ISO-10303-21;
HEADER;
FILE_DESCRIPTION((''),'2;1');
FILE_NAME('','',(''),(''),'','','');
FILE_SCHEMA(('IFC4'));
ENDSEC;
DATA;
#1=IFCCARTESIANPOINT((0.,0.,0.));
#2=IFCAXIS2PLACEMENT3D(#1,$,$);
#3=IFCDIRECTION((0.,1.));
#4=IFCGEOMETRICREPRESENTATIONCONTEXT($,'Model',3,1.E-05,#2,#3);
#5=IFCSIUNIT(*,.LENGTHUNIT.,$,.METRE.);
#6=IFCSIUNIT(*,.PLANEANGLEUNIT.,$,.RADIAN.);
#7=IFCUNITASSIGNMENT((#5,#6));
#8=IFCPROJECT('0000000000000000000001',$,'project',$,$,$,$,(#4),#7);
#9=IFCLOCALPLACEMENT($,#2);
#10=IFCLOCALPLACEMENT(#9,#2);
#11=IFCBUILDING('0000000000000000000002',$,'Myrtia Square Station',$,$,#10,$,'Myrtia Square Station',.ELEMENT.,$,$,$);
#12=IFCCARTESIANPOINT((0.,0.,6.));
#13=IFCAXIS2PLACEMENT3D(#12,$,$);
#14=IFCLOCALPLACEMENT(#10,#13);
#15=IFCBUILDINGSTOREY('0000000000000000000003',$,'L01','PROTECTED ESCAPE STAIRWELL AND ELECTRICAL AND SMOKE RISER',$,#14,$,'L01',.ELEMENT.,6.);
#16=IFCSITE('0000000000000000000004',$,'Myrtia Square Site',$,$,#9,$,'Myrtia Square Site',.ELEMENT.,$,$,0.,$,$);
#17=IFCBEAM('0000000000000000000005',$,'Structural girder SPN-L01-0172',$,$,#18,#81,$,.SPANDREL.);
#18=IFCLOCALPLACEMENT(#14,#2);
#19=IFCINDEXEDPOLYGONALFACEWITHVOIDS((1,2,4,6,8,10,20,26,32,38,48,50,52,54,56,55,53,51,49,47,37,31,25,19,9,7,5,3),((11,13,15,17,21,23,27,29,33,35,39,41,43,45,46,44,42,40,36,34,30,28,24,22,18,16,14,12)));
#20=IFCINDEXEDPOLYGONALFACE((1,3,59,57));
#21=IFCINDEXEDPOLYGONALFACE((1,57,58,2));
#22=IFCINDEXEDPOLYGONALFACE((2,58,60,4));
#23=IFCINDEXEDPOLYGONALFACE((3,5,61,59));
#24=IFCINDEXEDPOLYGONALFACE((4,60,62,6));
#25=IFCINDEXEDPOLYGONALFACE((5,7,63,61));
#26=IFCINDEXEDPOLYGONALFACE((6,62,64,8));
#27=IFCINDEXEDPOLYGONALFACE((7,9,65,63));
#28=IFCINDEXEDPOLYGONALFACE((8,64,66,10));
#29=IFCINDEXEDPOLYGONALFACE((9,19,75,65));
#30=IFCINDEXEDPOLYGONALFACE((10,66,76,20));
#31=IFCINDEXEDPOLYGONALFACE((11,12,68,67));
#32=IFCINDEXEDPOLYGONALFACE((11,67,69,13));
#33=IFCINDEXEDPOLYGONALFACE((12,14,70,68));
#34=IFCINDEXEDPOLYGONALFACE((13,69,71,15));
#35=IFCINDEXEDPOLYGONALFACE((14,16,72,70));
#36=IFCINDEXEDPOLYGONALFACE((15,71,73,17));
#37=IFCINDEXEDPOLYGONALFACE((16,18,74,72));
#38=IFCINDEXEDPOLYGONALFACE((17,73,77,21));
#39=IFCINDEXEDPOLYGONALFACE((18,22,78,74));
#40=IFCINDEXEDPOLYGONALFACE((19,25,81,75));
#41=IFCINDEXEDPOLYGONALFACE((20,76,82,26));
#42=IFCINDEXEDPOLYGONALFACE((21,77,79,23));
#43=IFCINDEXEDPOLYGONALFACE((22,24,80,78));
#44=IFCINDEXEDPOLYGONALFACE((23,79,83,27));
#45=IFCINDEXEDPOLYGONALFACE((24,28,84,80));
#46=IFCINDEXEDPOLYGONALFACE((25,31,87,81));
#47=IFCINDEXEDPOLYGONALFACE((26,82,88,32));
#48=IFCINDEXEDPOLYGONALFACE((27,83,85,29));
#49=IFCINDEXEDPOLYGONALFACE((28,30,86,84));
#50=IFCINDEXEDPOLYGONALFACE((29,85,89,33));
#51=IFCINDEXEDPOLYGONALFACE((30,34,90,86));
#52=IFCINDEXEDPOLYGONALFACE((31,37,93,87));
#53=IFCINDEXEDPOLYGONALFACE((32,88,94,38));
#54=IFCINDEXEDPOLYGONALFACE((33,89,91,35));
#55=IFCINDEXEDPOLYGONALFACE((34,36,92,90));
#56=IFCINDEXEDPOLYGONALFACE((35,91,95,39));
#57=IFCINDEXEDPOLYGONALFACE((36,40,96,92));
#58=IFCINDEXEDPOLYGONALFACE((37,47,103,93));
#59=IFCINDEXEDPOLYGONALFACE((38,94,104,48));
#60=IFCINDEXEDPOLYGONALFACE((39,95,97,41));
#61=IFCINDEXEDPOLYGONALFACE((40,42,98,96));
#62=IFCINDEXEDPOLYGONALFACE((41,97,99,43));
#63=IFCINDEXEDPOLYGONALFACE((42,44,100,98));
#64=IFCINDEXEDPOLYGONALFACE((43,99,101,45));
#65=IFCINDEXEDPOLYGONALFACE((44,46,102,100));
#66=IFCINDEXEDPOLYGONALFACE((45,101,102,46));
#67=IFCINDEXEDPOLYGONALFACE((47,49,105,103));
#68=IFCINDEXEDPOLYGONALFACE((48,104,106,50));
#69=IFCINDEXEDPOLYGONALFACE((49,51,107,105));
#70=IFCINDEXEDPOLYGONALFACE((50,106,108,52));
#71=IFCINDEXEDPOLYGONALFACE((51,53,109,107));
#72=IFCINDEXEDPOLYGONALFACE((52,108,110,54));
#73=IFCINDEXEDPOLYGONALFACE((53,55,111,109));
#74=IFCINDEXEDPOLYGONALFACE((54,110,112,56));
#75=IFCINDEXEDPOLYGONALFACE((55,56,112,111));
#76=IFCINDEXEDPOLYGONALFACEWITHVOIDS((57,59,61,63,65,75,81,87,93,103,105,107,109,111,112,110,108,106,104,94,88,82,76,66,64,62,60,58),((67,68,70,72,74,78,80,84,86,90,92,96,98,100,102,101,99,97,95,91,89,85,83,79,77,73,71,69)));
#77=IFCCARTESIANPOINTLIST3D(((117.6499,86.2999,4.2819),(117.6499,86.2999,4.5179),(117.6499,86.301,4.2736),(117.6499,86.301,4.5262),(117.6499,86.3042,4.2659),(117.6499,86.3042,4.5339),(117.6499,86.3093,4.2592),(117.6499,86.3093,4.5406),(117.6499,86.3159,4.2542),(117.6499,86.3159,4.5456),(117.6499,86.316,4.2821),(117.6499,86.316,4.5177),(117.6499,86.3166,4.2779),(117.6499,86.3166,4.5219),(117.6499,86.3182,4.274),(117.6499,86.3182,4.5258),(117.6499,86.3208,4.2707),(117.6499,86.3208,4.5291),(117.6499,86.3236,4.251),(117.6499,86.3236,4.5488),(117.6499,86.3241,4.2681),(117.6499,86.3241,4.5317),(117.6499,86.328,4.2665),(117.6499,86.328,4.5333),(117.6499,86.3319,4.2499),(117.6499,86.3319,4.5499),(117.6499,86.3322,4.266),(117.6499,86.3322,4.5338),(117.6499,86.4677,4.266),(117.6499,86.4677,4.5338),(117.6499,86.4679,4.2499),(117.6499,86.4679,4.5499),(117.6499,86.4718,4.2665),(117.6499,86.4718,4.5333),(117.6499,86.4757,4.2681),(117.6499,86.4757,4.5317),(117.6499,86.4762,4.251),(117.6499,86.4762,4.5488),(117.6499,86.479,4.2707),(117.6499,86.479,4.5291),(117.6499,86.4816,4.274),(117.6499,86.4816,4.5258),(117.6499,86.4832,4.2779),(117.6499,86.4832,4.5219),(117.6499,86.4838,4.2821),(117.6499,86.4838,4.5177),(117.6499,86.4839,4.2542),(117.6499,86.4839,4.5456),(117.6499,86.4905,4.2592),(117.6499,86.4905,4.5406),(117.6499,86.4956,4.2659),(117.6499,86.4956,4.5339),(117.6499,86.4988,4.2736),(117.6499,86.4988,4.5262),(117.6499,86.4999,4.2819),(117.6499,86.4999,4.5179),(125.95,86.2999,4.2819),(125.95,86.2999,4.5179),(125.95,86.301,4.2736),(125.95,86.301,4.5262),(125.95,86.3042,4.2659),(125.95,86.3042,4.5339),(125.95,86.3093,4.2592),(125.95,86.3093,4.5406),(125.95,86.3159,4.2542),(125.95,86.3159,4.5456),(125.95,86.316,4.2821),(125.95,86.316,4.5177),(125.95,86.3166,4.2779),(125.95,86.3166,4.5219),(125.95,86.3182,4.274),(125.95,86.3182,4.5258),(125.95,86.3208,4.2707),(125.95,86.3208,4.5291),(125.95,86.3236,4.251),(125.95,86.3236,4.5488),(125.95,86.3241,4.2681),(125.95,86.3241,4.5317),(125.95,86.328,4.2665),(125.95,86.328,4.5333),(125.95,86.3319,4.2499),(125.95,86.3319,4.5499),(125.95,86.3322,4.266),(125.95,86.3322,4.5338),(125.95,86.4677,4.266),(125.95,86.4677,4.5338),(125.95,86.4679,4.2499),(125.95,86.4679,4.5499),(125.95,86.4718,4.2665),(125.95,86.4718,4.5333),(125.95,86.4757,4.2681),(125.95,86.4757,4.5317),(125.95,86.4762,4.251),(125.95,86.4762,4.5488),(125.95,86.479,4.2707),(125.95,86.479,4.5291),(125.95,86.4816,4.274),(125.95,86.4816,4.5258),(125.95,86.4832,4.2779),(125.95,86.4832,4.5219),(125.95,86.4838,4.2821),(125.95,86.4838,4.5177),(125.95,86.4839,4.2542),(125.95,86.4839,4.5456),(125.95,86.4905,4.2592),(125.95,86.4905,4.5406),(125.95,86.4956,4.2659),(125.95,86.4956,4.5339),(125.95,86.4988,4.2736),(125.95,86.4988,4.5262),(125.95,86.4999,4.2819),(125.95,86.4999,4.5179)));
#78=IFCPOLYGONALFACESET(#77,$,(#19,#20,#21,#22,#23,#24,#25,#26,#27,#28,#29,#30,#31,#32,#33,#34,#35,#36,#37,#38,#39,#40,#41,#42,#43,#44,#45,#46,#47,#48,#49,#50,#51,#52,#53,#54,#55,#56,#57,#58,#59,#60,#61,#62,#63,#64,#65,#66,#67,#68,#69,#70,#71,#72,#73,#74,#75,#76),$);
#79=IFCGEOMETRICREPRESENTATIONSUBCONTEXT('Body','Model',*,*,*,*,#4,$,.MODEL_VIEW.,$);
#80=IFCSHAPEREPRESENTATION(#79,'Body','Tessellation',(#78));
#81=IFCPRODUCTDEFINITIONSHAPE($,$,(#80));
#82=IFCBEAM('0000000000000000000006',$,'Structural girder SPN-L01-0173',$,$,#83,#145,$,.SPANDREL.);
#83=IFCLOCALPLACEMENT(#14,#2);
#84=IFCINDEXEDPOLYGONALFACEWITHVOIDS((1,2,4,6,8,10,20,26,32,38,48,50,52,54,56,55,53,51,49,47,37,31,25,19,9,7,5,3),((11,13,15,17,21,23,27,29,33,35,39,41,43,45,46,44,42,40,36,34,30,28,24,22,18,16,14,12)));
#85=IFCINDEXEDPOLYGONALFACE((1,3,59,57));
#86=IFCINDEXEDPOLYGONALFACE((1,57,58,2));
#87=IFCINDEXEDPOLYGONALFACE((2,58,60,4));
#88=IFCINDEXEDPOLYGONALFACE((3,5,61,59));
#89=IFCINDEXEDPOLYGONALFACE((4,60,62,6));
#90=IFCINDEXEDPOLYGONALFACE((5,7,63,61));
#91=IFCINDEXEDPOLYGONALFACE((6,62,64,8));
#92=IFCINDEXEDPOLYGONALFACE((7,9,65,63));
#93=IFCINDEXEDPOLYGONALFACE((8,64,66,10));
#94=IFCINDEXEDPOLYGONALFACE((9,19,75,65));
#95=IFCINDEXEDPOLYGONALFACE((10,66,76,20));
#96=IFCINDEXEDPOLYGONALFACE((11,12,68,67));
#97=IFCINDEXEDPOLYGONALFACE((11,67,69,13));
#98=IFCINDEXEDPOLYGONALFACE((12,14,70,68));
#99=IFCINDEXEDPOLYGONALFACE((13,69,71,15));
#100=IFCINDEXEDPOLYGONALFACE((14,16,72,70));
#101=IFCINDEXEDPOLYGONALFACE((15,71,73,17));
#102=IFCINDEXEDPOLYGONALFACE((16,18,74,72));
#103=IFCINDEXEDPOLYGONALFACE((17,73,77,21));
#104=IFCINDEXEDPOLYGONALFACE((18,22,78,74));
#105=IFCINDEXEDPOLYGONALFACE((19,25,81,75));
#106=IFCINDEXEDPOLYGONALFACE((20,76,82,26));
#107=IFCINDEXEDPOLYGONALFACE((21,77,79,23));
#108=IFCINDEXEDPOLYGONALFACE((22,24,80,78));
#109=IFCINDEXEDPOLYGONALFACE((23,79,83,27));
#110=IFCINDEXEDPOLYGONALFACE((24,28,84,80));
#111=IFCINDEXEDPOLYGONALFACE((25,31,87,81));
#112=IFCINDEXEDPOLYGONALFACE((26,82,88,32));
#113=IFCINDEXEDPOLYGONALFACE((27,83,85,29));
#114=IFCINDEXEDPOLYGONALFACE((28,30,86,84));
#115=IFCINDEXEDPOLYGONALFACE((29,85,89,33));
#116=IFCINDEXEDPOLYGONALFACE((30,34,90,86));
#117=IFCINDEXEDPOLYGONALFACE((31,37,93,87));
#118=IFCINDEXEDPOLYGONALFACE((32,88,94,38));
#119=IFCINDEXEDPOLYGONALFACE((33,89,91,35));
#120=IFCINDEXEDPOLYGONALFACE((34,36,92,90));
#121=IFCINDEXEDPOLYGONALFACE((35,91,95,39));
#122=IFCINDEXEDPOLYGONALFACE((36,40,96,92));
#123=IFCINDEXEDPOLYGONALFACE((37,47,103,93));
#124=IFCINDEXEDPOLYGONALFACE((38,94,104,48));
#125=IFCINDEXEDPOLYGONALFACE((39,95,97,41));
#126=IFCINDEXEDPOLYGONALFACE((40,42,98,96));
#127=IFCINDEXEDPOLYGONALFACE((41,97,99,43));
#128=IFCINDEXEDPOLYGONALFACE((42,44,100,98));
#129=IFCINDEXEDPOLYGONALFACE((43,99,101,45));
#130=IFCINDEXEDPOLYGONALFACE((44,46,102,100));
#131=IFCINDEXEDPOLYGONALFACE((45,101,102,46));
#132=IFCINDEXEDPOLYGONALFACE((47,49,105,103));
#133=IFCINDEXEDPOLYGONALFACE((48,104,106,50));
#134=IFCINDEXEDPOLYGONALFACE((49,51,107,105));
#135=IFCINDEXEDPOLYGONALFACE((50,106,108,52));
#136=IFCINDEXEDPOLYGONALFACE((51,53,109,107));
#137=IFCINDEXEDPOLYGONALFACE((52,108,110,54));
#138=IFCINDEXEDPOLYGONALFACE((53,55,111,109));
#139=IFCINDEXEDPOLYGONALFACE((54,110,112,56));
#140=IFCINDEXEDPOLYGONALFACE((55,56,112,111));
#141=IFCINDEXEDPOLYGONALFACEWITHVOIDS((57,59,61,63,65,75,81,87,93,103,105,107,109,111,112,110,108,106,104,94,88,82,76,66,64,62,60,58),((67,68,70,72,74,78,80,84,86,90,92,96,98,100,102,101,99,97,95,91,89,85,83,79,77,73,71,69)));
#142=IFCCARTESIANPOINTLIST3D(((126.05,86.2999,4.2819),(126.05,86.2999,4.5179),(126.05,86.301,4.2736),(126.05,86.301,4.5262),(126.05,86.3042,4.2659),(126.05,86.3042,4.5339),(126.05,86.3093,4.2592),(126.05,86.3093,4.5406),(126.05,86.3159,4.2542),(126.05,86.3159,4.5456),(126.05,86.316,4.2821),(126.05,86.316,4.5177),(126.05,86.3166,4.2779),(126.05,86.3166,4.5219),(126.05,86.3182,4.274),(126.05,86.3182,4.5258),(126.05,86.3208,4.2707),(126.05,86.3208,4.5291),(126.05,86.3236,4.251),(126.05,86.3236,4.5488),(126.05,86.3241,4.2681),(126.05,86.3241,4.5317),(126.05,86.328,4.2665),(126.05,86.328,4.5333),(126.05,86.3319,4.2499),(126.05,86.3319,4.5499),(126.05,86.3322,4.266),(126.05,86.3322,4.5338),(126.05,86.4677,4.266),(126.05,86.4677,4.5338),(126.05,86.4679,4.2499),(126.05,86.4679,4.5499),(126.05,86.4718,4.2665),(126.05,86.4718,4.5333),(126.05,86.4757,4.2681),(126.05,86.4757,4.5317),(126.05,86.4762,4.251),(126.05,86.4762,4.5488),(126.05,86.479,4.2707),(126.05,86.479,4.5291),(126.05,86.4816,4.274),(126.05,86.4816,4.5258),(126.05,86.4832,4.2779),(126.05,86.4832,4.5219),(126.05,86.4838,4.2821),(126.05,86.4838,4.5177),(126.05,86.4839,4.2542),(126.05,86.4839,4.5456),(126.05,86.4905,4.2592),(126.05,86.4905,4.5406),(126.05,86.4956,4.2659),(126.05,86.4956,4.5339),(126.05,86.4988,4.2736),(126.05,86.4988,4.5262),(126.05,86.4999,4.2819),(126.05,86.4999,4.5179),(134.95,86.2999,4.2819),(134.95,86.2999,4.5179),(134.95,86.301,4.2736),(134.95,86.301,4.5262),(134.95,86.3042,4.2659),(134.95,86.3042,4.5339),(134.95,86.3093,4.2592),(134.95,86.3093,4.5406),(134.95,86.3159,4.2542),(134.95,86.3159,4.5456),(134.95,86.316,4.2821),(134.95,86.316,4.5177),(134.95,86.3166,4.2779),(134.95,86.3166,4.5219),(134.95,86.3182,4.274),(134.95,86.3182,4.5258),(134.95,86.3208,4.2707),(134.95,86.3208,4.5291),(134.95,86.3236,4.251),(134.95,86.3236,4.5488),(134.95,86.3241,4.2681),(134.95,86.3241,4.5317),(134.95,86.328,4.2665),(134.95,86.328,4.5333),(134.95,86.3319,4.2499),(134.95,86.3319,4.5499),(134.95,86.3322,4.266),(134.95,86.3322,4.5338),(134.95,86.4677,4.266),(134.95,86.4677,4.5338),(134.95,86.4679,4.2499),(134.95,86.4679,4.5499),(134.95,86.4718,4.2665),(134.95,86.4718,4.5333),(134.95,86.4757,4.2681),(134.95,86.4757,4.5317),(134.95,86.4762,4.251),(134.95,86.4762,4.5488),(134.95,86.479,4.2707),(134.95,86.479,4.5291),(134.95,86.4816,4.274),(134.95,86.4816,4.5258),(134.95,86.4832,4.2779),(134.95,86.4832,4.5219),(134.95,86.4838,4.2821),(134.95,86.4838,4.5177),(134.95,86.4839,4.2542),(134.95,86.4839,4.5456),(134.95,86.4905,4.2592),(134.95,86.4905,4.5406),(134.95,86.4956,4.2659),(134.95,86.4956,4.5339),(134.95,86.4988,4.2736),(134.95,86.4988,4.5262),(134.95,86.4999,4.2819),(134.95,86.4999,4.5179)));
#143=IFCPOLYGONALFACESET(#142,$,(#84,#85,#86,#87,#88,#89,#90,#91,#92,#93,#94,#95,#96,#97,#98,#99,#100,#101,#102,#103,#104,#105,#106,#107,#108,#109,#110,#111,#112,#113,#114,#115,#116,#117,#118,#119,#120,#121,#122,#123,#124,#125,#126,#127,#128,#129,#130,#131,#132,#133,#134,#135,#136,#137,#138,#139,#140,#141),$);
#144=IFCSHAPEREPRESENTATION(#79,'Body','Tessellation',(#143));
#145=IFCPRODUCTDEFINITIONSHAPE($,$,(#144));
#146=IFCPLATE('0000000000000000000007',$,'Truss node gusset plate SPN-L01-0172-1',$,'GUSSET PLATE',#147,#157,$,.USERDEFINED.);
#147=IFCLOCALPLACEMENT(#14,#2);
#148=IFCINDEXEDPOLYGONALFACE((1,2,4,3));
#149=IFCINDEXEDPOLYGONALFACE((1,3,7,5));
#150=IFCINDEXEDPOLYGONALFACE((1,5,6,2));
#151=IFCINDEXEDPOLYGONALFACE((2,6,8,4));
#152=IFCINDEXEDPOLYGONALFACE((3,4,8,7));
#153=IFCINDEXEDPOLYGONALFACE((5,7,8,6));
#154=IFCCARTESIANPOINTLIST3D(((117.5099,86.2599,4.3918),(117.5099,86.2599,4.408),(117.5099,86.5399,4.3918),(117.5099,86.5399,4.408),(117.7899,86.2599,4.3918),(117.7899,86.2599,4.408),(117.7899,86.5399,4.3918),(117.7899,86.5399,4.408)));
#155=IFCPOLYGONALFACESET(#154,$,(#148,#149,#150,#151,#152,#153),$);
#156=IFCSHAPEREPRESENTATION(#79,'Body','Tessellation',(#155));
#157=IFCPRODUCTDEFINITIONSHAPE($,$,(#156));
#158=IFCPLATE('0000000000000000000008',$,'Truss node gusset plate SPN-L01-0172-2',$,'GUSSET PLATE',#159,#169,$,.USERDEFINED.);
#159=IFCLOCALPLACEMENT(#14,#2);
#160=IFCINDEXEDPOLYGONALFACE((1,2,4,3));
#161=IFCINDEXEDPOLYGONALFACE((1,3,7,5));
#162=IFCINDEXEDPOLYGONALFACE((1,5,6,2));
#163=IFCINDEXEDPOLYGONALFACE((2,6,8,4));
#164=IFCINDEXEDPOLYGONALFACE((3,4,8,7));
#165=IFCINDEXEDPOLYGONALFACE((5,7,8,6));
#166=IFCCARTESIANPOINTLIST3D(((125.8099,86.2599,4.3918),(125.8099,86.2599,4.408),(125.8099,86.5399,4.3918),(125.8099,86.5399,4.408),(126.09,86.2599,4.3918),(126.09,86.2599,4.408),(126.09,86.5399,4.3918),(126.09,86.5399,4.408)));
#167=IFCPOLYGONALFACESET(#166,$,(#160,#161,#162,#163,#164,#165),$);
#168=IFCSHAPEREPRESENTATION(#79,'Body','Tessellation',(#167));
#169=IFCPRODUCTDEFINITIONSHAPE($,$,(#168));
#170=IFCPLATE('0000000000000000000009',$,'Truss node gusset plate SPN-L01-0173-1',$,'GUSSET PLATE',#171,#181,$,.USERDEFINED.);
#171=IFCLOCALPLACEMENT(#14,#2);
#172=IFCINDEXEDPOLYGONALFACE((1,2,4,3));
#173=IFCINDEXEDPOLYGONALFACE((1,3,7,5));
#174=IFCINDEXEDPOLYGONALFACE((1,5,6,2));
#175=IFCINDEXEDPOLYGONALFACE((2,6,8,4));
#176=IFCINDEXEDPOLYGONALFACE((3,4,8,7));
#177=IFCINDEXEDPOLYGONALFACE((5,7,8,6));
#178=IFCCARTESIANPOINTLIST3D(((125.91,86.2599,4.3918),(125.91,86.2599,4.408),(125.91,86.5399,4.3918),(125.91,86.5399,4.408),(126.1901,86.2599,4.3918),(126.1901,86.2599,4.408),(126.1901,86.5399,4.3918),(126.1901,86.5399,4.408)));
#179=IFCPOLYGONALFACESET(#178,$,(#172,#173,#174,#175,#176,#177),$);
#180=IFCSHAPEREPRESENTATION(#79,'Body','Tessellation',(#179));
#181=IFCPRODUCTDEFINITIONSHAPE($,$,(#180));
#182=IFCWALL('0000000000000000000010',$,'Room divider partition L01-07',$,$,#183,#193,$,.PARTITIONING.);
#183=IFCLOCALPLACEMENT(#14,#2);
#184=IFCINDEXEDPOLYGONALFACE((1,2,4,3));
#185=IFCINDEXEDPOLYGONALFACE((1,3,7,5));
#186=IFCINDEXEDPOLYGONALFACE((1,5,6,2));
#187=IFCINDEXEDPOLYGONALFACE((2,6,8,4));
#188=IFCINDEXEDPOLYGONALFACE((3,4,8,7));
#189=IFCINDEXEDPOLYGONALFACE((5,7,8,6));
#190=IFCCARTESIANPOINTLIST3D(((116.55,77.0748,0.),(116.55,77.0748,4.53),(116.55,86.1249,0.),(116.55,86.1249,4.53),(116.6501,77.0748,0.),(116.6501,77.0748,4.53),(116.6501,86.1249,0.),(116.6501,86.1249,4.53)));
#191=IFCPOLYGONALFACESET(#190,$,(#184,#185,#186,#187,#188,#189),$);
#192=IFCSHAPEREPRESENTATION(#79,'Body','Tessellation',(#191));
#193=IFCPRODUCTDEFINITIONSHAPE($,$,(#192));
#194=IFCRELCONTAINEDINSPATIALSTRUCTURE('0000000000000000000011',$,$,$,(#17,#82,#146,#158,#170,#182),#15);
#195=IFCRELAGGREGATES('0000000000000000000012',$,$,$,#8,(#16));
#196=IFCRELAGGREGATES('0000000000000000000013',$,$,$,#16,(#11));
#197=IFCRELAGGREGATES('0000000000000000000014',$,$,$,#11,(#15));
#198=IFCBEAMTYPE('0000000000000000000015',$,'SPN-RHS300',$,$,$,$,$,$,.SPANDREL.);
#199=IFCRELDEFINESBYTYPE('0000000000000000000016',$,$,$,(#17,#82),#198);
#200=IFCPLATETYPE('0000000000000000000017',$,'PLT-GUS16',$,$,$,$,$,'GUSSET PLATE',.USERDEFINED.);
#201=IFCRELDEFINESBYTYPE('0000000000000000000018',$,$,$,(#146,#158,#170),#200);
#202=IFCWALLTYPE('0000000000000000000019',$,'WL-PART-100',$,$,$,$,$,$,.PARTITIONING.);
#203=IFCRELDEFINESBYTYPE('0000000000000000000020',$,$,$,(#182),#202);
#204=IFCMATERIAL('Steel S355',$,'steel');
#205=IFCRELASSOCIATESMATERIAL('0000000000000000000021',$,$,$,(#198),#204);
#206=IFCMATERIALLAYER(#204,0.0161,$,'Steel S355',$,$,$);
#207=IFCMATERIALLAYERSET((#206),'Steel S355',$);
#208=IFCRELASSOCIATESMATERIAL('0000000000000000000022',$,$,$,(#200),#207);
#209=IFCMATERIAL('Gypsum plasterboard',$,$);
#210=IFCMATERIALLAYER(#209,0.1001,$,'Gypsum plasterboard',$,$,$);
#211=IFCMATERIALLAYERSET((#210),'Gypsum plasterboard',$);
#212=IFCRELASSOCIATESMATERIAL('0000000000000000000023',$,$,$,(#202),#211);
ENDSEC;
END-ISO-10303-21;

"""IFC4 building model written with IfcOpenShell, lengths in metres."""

from ifc_helpers import new_model, si_unit, direction, frame, frame_2d, origin, origin_2d, place, context, subcontext, project, spatial, rectangle, hollow_rectangle, extrude, material, layer, layer_set, material_profile, profile_set, type_object, element, save


model = new_model("IFC4")

# Units and contexts
model_context = context("Model", 3, precision=1e-05, world=origin(), true_north=direction((0.0, 1.0)))
body_context = subcontext(model_context, "Body", "Model", "MODEL_VIEW")
ifc_project = project(units=[si_unit("LENGTHUNIT", "METRE"), si_unit("PLANEANGLEUNIT", "RADIAN")], contexts=[model_context])

# Site, building, storey
site_placement = place(None, origin())
site = spatial("IfcSite", under=ifc_project, at=site_placement, Name="Myrtia Square Site", LongName="Myrtia Square Site", CompositionType="ELEMENT", RefElevation=0.0)
building_placement = place(site_placement, origin())
building = spatial("IfcBuilding", under=site, at=building_placement, Name="Myrtia Square Station", LongName="Myrtia Square Station", CompositionType="ELEMENT")
storey_placement = place(building_placement, frame((0.0, 0.0, 6.0)))
storey = spatial("IfcBuildingStorey", under=building, at=storey_placement, Name="L01", Description="PROTECTED ESCAPE STAIRWELL AND ELECTRICAL AND SMOKE RISER", LongName="L01", CompositionType="ELEMENT", Elevation=6.0)

# Shared definitions
ifc_material_1 = material(Name="Steel S355", Category="steel")

# Beams
ifc_material_profile_1 = material_profile(ifc_material_1, hollow_rectangle(XDim=0.2, YDim=0.3, WallThickness=0.0161, InnerFilletRadius=0.0161, OuterFilletRadius=0.032, at=origin_2d()), Name="RHS 300x200x16")
ifc_profile_set_1 = profile_set([ifc_material_profile_1], Name="Steel S355")
beam_type_1 = type_object("IfcBeamType", Name="SPN-RHS300", PredefinedType="SPANDREL", material=ifc_profile_set_1)
beam_1_placement = place(storey_placement, frame((117.6499, 86.3999, 4.3999), z_axis=(1.0, 0.0, 0.0), x_axis=(0.0, 1.0, 0.0)))
element("IfcBeam", 1, at=beam_1_placement, inside=storey, type_object=beam_type_1, Name="Structural girder SPN-L01-0172", PredefinedType="SPANDREL", context=body_context, shape_type="SweptSolid", body=[
    extrude(hollow_rectangle(XDim=0.2, YDim=0.3, WallThickness=0.0161, InnerFilletRadius=0.0161, OuterFilletRadius=0.032, at=origin_2d()), origin(), (0.0, 0.0, 1.0), 8.3),
])
beam_2_placement = place(storey_placement, frame((126.05, 86.3999, 4.3999), z_axis=(1.0, 0.0, 0.0), x_axis=(0.0, 1.0, 0.0)))
element("IfcBeam", 2, at=beam_2_placement, inside=storey, type_object=beam_type_1, Name="Structural girder SPN-L01-0173", PredefinedType="SPANDREL", context=body_context, shape_type="SweptSolid", body=[
    extrude(hollow_rectangle(XDim=0.2, YDim=0.3, WallThickness=0.0161, InnerFilletRadius=0.0161, OuterFilletRadius=0.032, at=origin_2d()), origin(), (0.0, 0.0, 1.0), 8.8999),
])

# Plates
ifc_layer_1 = layer(ifc_material_1, 0.0161, Name="Steel S355")
ifc_layer_set_1 = layer_set([ifc_layer_1], Name="Steel S355")
plate_type = type_object("IfcPlateType", Name="PLT-GUS16", ElementType="GUSSET PLATE", PredefinedType="USERDEFINED", material=ifc_layer_set_1)
for number, where, z_axis, x_axis, name in (
    (3, (117.6499, 86.3999, 4.3918), (0.0, 0.0, 1.0), (1.0, 0.0, 0.0), "Truss node gusset plate SPN-L01-0172-1"),
    (4, (125.95, 86.3999, 4.3918), (0.0, 0.0, 1.0), (1.0, 0.0, 0.0), "Truss node gusset plate SPN-L01-0172-2"),
    (5, (126.05, 86.3999, 4.3918), (0.0, 0.0, 1.0), (1.0, 0.0, 0.0), "Truss node gusset plate SPN-L01-0173-1"),
):
    element("IfcPlate", number, at=place(storey_placement, frame(where, z_axis=z_axis, x_axis=x_axis)), inside=storey, type_object=plate_type, Name=name, ObjectType="GUSSET PLATE", PredefinedType="USERDEFINED", context=body_context, shape_type="SweptSolid", body=[
        extrude(rectangle(XDim=0.28, YDim=0.28, at=origin_2d()), origin(), (0.0, 0.0, 1.0), 0.0161),
    ])

# Wall
ifc_material_2 = material(Name="Gypsum plasterboard")
ifc_layer_2 = layer(ifc_material_2, 0.1001, Name="Gypsum plasterboard")
ifc_layer_set_2 = layer_set([ifc_layer_2], Name="Gypsum plasterboard")
wall_type = type_object("IfcWallType", Name="WL-PART-100", PredefinedType="PARTITIONING", material=ifc_layer_set_2)
wall_placement = place(storey_placement, frame((116.6001, 77.075, 0.0), z_axis=(0.0, 0.0, 1.0), x_axis=(0.0, 1.0, 0.0)))
element("IfcWall", 6, at=wall_placement, inside=storey, type_object=wall_type, Name="Room divider partition L01-07", PredefinedType="PARTITIONING", context=body_context, shape_type="SweptSolid", body=[
    extrude(rectangle(XDim=9.05, YDim=0.1001, at=frame_2d((4.5249, 0.0))), origin(), (0.0, 0.0, 1.0), 4.53),
])

save(model, "model.ifc")
